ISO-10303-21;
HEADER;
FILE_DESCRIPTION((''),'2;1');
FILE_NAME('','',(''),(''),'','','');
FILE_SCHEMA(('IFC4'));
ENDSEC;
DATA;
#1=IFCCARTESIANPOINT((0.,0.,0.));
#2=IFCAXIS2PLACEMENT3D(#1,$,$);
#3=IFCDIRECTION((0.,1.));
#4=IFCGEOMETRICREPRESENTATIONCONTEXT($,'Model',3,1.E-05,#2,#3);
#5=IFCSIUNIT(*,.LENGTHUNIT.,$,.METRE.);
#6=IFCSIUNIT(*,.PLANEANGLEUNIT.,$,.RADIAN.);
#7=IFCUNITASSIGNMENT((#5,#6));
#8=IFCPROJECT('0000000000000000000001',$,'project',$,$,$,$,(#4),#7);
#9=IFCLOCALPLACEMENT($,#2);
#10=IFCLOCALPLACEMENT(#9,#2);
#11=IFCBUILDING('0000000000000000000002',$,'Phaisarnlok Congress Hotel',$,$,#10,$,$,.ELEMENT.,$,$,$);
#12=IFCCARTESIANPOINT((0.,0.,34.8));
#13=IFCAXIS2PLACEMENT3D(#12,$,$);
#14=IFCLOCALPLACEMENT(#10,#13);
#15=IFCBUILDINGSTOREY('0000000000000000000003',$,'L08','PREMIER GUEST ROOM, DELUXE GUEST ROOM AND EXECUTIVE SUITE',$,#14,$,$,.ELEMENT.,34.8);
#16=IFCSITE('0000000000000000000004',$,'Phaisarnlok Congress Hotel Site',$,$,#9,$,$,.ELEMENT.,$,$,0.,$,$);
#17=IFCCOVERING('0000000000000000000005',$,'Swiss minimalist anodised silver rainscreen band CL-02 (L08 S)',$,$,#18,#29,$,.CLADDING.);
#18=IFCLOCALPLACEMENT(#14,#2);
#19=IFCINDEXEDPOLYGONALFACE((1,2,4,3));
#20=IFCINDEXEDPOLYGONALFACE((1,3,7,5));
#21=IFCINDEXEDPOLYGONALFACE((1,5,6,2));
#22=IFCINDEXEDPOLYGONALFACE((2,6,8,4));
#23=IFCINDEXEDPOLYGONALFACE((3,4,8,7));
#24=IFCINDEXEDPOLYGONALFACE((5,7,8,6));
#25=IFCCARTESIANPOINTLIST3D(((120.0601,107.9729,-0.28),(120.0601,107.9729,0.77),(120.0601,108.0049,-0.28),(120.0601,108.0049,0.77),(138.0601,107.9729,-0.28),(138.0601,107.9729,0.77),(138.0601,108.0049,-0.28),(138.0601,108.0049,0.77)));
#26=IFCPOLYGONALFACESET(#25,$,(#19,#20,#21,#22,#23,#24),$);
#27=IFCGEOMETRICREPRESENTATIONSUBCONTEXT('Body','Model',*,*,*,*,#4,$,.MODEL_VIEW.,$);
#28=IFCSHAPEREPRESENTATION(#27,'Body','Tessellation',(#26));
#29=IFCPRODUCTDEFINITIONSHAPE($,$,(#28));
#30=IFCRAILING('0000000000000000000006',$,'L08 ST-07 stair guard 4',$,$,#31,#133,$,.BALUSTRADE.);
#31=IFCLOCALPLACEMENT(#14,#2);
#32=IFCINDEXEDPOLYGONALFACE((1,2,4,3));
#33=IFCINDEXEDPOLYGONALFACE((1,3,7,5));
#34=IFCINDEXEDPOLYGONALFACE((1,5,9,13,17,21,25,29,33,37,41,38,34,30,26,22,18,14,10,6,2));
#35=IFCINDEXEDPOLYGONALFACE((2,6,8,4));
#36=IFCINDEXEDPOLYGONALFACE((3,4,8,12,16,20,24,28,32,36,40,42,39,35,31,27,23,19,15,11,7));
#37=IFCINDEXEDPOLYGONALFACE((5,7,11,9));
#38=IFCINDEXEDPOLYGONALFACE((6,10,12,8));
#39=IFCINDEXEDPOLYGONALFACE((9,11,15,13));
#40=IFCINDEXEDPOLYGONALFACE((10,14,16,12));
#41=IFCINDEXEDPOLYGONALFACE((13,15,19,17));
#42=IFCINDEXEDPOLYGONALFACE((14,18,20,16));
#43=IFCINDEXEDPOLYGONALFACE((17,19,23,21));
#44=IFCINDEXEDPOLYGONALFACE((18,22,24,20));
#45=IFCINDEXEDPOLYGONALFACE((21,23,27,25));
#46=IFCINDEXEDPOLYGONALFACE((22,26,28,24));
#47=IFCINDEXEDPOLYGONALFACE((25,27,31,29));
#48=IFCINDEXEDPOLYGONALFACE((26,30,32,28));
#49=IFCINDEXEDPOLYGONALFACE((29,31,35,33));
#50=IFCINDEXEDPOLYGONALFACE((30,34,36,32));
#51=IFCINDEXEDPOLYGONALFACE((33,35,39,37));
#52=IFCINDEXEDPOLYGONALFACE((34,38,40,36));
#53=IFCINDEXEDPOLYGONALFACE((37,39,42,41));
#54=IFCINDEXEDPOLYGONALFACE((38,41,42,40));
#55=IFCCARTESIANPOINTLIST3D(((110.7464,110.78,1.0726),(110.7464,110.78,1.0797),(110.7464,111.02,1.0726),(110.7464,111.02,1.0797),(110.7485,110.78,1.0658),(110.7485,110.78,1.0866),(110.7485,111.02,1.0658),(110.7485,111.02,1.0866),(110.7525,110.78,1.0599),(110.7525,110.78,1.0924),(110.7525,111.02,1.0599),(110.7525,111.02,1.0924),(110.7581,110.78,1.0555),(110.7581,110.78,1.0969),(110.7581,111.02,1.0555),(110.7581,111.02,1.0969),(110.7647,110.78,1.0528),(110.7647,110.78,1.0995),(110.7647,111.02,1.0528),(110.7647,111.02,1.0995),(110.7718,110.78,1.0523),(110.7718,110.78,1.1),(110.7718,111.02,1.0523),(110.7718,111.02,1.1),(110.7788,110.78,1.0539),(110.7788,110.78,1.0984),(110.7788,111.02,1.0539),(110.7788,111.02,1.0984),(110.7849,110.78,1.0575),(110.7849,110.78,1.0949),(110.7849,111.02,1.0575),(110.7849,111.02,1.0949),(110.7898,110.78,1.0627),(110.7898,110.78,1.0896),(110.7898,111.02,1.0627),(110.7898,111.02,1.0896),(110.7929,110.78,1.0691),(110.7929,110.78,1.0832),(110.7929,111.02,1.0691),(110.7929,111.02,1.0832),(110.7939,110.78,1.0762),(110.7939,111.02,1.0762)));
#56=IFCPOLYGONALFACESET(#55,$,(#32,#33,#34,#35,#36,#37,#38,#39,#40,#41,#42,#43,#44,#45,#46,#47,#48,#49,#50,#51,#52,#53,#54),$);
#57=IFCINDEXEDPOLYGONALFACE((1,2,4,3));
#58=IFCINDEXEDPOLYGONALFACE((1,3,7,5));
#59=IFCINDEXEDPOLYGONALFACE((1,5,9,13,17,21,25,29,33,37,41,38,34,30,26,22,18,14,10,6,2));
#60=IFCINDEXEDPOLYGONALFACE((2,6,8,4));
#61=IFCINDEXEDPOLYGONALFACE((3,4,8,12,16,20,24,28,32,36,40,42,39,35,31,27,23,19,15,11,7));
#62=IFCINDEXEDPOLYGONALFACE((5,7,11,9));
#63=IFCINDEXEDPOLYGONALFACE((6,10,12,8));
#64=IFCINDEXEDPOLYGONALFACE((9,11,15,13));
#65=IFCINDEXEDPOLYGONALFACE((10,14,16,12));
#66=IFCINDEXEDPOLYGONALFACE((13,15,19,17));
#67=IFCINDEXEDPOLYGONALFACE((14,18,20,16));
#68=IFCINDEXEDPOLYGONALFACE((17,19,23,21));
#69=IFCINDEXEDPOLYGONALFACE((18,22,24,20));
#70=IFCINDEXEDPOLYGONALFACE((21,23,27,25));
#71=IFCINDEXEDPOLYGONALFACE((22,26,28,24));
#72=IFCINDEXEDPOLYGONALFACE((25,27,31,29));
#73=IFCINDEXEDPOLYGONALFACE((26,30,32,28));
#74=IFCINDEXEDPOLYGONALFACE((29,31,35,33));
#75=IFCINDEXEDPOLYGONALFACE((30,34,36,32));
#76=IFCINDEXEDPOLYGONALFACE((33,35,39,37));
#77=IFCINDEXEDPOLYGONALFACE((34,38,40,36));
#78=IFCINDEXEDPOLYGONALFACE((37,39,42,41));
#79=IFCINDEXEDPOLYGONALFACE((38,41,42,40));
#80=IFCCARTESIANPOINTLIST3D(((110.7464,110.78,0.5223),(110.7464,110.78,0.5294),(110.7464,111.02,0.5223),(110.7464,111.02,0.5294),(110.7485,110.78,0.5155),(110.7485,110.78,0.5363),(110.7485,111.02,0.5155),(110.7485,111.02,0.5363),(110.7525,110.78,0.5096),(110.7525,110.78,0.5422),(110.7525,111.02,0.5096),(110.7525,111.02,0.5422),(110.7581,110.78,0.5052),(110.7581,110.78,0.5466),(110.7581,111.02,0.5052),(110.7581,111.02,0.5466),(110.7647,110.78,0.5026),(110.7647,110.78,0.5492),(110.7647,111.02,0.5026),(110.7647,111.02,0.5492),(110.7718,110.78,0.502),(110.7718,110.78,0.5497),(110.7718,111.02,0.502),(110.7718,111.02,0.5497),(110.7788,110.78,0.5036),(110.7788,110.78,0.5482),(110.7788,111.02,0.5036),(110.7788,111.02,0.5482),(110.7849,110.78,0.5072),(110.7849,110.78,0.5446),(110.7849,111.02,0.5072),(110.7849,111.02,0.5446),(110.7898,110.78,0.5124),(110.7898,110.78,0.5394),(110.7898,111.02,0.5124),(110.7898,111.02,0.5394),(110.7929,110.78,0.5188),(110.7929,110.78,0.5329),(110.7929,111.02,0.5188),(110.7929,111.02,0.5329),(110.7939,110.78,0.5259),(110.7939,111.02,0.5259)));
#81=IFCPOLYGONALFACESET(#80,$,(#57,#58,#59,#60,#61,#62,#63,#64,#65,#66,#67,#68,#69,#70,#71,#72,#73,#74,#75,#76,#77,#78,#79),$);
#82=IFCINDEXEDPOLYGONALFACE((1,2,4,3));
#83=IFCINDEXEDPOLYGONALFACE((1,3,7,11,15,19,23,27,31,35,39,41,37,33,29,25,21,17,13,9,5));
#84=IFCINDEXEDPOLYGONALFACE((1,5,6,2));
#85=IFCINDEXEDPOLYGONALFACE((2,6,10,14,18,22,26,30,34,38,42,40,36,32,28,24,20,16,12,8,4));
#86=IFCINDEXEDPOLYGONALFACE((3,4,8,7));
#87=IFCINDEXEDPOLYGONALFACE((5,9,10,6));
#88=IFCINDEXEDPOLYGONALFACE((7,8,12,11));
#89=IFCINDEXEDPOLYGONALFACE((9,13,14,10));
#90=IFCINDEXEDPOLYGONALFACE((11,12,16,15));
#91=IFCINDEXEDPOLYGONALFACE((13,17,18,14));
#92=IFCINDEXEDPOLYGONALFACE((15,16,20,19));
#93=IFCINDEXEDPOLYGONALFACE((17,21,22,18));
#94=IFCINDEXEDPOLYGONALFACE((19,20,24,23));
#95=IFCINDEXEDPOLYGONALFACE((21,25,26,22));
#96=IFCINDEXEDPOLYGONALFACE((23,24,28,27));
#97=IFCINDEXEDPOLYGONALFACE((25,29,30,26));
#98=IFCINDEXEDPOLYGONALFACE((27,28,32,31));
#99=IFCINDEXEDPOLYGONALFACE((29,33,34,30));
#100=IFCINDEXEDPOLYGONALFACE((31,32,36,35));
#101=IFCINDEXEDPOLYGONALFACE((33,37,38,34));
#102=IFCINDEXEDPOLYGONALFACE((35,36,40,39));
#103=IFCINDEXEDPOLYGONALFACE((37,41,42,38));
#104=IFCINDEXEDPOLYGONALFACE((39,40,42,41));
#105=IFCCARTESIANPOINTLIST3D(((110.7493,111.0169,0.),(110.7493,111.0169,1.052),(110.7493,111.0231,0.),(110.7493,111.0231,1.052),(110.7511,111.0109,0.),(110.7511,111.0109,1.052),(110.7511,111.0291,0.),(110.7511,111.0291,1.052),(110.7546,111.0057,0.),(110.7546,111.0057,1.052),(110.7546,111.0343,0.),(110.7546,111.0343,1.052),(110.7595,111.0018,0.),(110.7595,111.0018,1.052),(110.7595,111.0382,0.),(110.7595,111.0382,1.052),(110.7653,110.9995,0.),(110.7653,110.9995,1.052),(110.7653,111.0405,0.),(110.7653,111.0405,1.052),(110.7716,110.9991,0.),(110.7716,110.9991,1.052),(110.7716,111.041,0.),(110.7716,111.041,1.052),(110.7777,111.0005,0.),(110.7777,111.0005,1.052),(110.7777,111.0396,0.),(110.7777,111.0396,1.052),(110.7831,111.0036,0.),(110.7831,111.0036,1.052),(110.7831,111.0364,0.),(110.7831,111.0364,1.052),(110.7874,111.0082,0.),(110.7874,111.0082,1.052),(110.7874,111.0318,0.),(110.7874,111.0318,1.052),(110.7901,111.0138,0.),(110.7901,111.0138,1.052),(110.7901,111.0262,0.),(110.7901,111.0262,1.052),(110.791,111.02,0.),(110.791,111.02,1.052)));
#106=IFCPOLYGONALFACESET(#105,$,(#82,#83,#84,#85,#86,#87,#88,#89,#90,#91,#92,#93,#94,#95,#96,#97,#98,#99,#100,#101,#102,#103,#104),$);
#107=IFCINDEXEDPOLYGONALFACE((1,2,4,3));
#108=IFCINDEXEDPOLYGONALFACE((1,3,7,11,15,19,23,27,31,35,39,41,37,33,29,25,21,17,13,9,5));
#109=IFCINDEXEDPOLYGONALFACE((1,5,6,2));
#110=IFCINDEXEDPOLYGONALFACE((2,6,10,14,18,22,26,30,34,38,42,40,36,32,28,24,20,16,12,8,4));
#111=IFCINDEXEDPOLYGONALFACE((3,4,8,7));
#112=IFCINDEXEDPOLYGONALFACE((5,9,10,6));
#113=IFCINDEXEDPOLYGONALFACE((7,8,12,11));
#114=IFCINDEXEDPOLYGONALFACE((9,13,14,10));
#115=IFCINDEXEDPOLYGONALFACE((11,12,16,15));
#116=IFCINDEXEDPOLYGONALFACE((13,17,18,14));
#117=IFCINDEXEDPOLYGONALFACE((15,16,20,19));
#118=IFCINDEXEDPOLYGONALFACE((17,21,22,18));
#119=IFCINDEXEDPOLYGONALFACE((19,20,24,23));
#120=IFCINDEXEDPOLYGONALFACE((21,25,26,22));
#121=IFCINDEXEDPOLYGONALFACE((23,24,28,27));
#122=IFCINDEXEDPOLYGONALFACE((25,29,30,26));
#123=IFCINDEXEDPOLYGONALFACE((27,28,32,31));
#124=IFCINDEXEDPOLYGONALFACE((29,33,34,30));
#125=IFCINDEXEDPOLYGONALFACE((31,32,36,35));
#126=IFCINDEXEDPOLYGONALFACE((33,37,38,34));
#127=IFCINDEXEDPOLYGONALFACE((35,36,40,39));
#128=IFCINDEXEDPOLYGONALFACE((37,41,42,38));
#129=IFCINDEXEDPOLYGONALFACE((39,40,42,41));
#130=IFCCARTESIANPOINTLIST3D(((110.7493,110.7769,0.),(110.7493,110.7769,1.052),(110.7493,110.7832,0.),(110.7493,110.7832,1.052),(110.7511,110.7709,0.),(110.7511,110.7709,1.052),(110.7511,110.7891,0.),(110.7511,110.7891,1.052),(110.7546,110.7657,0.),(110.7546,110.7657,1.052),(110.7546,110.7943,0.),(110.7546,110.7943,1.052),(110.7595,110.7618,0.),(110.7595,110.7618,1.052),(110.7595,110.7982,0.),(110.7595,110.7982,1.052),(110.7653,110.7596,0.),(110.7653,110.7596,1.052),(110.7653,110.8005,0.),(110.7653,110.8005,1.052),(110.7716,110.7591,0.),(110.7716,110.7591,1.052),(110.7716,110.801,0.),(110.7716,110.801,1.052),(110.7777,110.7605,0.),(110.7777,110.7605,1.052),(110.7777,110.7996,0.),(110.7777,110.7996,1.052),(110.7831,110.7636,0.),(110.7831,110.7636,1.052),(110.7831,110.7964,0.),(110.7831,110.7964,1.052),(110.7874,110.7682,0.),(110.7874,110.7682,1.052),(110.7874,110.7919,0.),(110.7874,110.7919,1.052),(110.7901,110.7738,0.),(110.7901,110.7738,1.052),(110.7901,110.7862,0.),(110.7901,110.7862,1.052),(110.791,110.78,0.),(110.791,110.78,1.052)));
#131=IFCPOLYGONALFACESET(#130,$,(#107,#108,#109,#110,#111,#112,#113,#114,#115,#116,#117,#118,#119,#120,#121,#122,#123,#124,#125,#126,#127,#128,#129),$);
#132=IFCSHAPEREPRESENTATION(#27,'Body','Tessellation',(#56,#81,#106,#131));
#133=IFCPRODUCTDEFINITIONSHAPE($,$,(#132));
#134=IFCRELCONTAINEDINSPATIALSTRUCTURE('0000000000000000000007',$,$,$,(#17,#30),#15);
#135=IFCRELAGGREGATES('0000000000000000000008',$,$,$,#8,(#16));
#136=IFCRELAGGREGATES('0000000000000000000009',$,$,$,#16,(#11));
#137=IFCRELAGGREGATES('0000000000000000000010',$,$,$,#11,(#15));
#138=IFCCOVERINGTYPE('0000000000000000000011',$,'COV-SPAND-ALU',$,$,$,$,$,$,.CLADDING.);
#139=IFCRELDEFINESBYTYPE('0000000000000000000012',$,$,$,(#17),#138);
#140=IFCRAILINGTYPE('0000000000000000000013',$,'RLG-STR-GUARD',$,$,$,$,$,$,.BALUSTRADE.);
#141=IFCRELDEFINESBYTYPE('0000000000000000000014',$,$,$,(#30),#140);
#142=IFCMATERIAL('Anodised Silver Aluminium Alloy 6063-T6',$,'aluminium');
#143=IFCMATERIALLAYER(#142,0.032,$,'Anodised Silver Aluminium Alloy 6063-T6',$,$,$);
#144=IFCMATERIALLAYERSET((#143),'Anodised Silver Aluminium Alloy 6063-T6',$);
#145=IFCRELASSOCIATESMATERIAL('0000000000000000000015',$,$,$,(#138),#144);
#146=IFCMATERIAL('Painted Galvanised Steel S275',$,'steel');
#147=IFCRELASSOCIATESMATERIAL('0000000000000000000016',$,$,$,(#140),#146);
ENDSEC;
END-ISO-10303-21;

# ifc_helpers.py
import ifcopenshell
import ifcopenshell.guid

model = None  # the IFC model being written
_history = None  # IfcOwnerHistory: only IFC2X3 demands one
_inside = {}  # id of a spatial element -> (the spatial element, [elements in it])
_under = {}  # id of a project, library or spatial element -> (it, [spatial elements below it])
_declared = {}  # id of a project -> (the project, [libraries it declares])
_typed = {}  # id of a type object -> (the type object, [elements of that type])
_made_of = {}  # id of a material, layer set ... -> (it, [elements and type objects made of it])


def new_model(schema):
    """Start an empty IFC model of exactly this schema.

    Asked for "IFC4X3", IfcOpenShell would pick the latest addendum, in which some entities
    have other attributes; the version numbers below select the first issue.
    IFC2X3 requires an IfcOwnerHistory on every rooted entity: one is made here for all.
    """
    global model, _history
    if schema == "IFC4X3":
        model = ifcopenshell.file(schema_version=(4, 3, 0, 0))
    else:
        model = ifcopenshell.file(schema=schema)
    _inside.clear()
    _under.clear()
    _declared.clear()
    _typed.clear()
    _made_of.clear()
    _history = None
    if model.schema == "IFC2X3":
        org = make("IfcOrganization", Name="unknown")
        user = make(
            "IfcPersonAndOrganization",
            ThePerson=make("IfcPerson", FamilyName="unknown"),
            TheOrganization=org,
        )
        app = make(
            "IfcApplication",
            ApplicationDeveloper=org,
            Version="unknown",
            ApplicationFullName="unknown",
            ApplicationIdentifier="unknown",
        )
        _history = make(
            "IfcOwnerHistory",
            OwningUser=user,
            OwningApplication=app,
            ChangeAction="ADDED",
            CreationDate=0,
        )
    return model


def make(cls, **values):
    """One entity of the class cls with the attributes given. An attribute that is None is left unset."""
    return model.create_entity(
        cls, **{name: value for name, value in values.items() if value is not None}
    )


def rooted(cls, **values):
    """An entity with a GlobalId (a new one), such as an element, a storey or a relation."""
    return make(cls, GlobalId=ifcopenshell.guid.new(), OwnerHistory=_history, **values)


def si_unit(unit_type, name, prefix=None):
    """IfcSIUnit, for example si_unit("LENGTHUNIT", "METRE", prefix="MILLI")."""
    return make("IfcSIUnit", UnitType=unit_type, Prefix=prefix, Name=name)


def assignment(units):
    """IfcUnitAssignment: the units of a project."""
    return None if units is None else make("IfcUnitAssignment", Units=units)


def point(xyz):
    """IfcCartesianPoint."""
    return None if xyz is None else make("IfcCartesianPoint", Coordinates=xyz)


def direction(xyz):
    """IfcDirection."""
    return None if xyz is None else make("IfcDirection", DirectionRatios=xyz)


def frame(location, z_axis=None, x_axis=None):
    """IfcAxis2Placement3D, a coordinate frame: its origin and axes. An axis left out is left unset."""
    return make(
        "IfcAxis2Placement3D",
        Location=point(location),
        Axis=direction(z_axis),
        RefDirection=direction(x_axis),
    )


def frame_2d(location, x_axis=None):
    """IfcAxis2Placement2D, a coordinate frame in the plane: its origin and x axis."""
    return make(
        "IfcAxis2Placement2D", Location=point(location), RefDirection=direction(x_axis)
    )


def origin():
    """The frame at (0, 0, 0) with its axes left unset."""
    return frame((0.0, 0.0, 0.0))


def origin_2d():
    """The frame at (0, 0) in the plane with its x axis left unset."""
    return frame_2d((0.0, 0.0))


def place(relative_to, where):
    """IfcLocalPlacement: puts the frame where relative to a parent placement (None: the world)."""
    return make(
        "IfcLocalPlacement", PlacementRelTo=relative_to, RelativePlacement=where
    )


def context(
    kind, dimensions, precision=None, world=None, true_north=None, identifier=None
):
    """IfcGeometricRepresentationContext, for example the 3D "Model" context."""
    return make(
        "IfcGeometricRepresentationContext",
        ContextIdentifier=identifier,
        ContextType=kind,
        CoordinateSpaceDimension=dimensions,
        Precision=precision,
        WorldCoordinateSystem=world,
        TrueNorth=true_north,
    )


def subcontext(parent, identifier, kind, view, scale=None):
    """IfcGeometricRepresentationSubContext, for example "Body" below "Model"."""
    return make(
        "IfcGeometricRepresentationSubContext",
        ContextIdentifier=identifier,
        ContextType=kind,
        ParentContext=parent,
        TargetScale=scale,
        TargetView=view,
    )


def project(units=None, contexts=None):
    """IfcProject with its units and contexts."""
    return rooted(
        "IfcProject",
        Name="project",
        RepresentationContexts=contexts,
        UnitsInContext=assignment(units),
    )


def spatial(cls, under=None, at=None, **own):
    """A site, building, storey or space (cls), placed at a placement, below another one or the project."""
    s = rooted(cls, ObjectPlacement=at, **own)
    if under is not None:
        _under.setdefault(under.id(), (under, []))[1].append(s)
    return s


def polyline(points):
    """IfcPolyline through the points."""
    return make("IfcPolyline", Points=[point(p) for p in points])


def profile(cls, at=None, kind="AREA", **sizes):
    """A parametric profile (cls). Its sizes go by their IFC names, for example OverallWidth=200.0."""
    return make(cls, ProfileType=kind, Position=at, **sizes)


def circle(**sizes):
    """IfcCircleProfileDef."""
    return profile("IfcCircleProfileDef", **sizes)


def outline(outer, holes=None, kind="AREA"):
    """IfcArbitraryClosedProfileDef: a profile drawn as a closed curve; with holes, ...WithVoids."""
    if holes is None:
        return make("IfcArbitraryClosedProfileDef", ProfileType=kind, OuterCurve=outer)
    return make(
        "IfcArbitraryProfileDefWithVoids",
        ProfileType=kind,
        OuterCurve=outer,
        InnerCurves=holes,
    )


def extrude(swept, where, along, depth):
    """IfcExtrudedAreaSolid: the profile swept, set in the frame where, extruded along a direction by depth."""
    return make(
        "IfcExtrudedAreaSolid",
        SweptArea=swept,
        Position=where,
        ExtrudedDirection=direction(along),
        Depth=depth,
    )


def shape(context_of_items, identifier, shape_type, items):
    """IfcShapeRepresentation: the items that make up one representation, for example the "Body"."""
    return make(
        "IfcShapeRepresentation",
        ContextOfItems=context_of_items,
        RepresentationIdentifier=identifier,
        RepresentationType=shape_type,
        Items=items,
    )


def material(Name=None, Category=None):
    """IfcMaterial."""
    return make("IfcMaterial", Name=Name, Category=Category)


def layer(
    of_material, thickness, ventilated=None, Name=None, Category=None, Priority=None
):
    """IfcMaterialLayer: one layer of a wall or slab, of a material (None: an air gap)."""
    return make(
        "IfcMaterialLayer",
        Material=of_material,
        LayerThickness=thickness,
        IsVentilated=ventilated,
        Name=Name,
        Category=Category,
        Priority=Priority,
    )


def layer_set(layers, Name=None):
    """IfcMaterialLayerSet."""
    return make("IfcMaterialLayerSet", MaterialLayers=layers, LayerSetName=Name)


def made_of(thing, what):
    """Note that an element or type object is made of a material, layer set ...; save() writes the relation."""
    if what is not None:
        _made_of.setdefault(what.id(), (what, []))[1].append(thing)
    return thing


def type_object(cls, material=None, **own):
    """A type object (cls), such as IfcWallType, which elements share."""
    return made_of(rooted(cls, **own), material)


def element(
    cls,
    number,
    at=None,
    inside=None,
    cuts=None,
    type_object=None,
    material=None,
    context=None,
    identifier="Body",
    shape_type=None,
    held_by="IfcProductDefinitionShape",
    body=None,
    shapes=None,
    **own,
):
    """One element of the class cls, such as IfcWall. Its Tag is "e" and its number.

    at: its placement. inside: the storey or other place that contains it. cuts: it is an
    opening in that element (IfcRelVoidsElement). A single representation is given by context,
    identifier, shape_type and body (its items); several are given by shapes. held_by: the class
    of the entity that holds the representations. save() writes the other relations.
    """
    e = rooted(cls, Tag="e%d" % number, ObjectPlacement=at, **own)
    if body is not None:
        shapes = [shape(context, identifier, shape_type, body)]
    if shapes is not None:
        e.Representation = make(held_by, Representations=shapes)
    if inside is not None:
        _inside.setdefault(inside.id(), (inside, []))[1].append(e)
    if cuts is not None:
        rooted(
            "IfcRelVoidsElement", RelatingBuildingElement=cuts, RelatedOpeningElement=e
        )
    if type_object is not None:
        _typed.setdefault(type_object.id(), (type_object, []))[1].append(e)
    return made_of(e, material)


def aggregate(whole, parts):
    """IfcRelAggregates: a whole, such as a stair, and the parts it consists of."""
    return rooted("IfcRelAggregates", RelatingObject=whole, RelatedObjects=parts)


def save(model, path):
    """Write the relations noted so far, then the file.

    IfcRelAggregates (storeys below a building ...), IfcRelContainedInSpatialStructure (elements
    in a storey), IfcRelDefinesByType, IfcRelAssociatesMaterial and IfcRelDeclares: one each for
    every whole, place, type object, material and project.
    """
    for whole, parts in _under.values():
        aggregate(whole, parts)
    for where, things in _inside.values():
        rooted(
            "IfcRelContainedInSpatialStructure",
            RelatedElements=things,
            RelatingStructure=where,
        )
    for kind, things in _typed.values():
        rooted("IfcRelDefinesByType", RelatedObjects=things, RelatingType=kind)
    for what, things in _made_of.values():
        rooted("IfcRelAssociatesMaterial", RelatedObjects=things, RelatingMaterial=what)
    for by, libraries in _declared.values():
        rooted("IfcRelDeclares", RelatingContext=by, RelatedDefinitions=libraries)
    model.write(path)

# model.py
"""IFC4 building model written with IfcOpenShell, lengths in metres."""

from ifc_helpers import new_model, si_unit, direction, frame, origin, origin_2d, place, context, subcontext, project, spatial, polyline, circle, outline, extrude, material, layer, layer_set, type_object, element, save


model = new_model("IFC4")

# Units and contexts
model_context = context("Model", 3, precision=1e-05, world=origin(), true_north=direction((0.0, 1.0)))
body_context = subcontext(model_context, "Body", "Model", "MODEL_VIEW")
ifc_project = project(units=[si_unit("LENGTHUNIT", "METRE"), si_unit("PLANEANGLEUNIT", "RADIAN")], contexts=[model_context])

# Site, building, storey
site_placement = place(None, origin())
site = spatial("IfcSite", under=ifc_project, at=site_placement, Name="Phaisarnlok Congress Hotel Site", CompositionType="ELEMENT", RefElevation=0.0)
building_placement = place(site_placement, origin())
building = spatial("IfcBuilding", under=site, at=building_placement, Name="Phaisarnlok Congress Hotel", CompositionType="ELEMENT")
storey_placement = place(building_placement, frame((0.0, 0.0, 34.8)))
storey = spatial("IfcBuildingStorey", under=building, at=storey_placement, Name="L08", Description="PREMIER GUEST ROOM, DELUXE GUEST ROOM AND EXECUTIVE SUITE", CompositionType="ELEMENT", Elevation=34.8)

# Covering
ifc_material_1 = material(Name="Anodised Silver Aluminium Alloy 6063-T6", Category="aluminium")
ifc_layer_1 = layer(ifc_material_1, 0.032, Name="Anodised Silver Aluminium Alloy 6063-T6")
ifc_layer_set_1 = layer_set([ifc_layer_1], Name="Anodised Silver Aluminium Alloy 6063-T6")
covering_type = type_object("IfcCoveringType", Name="COV-SPAND-ALU", PredefinedType="CLADDING", material=ifc_layer_set_1)
covering_placement = place(storey_placement, frame((120.0601, 108.0049, -0.28), z_axis=(0.0, -1.0, 0.0), x_axis=(1.0, 0.0, 0.0)))
element("IfcCovering", 1, at=covering_placement, inside=storey, type_object=covering_type, Name="Swiss minimalist anodised silver rainscreen band CL-02 (L08 S)", PredefinedType="CLADDING", context=body_context, shape_type="SweptSolid", body=[
    extrude(outline(polyline([(0.0, 0.0), (18.0, 0.0), (18.0, 1.05), (0.0, 1.05), (0.0, 0.0)])), origin(), (0.0, 0.0, 1.0), 0.032),
])

# Railing
ifc_material_2 = material(Name="Painted Galvanised Steel S275", Category="steel")
railing_type = type_object("IfcRailingType", Name="RLG-STR-GUARD", PredefinedType="BALUSTRADE", material=ifc_material_2)
railing_placement = place(storey_placement, frame((110.77, 111.02, 0.0)))
element("IfcRailing", 2, at=railing_placement, inside=storey, type_object=railing_type, Name="L08 ST-07 stair guard 4", PredefinedType="BALUSTRADE", context=body_context, shape_type="SweptSolid", body=[
    extrude(circle(Radius=0.0239, at=origin_2d()), frame((0.0, 0.0, 1.0762), z_axis=(0.0, -1.0, 0.0), x_axis=(1.0, 0.0, 0.0)), (0.0, 0.0, 1.0), 0.24),
    extrude(circle(Radius=0.0239, at=origin_2d()), frame((0.0, 0.0, 0.5259), z_axis=(0.0, -1.0, 0.0), x_axis=(1.0, 0.0, 0.0)), (0.0, 0.0, 1.0), 0.24),
    extrude(circle(Radius=0.021, at=origin_2d()), origin(), (0.0, 0.0, 1.0), 1.052),
    extrude(circle(Radius=0.021, at=origin_2d()), frame((0.0, -0.24, 0.0)), (0.0, 0.0, 1.0), 1.052),
])

save(model, "model.ifc")
